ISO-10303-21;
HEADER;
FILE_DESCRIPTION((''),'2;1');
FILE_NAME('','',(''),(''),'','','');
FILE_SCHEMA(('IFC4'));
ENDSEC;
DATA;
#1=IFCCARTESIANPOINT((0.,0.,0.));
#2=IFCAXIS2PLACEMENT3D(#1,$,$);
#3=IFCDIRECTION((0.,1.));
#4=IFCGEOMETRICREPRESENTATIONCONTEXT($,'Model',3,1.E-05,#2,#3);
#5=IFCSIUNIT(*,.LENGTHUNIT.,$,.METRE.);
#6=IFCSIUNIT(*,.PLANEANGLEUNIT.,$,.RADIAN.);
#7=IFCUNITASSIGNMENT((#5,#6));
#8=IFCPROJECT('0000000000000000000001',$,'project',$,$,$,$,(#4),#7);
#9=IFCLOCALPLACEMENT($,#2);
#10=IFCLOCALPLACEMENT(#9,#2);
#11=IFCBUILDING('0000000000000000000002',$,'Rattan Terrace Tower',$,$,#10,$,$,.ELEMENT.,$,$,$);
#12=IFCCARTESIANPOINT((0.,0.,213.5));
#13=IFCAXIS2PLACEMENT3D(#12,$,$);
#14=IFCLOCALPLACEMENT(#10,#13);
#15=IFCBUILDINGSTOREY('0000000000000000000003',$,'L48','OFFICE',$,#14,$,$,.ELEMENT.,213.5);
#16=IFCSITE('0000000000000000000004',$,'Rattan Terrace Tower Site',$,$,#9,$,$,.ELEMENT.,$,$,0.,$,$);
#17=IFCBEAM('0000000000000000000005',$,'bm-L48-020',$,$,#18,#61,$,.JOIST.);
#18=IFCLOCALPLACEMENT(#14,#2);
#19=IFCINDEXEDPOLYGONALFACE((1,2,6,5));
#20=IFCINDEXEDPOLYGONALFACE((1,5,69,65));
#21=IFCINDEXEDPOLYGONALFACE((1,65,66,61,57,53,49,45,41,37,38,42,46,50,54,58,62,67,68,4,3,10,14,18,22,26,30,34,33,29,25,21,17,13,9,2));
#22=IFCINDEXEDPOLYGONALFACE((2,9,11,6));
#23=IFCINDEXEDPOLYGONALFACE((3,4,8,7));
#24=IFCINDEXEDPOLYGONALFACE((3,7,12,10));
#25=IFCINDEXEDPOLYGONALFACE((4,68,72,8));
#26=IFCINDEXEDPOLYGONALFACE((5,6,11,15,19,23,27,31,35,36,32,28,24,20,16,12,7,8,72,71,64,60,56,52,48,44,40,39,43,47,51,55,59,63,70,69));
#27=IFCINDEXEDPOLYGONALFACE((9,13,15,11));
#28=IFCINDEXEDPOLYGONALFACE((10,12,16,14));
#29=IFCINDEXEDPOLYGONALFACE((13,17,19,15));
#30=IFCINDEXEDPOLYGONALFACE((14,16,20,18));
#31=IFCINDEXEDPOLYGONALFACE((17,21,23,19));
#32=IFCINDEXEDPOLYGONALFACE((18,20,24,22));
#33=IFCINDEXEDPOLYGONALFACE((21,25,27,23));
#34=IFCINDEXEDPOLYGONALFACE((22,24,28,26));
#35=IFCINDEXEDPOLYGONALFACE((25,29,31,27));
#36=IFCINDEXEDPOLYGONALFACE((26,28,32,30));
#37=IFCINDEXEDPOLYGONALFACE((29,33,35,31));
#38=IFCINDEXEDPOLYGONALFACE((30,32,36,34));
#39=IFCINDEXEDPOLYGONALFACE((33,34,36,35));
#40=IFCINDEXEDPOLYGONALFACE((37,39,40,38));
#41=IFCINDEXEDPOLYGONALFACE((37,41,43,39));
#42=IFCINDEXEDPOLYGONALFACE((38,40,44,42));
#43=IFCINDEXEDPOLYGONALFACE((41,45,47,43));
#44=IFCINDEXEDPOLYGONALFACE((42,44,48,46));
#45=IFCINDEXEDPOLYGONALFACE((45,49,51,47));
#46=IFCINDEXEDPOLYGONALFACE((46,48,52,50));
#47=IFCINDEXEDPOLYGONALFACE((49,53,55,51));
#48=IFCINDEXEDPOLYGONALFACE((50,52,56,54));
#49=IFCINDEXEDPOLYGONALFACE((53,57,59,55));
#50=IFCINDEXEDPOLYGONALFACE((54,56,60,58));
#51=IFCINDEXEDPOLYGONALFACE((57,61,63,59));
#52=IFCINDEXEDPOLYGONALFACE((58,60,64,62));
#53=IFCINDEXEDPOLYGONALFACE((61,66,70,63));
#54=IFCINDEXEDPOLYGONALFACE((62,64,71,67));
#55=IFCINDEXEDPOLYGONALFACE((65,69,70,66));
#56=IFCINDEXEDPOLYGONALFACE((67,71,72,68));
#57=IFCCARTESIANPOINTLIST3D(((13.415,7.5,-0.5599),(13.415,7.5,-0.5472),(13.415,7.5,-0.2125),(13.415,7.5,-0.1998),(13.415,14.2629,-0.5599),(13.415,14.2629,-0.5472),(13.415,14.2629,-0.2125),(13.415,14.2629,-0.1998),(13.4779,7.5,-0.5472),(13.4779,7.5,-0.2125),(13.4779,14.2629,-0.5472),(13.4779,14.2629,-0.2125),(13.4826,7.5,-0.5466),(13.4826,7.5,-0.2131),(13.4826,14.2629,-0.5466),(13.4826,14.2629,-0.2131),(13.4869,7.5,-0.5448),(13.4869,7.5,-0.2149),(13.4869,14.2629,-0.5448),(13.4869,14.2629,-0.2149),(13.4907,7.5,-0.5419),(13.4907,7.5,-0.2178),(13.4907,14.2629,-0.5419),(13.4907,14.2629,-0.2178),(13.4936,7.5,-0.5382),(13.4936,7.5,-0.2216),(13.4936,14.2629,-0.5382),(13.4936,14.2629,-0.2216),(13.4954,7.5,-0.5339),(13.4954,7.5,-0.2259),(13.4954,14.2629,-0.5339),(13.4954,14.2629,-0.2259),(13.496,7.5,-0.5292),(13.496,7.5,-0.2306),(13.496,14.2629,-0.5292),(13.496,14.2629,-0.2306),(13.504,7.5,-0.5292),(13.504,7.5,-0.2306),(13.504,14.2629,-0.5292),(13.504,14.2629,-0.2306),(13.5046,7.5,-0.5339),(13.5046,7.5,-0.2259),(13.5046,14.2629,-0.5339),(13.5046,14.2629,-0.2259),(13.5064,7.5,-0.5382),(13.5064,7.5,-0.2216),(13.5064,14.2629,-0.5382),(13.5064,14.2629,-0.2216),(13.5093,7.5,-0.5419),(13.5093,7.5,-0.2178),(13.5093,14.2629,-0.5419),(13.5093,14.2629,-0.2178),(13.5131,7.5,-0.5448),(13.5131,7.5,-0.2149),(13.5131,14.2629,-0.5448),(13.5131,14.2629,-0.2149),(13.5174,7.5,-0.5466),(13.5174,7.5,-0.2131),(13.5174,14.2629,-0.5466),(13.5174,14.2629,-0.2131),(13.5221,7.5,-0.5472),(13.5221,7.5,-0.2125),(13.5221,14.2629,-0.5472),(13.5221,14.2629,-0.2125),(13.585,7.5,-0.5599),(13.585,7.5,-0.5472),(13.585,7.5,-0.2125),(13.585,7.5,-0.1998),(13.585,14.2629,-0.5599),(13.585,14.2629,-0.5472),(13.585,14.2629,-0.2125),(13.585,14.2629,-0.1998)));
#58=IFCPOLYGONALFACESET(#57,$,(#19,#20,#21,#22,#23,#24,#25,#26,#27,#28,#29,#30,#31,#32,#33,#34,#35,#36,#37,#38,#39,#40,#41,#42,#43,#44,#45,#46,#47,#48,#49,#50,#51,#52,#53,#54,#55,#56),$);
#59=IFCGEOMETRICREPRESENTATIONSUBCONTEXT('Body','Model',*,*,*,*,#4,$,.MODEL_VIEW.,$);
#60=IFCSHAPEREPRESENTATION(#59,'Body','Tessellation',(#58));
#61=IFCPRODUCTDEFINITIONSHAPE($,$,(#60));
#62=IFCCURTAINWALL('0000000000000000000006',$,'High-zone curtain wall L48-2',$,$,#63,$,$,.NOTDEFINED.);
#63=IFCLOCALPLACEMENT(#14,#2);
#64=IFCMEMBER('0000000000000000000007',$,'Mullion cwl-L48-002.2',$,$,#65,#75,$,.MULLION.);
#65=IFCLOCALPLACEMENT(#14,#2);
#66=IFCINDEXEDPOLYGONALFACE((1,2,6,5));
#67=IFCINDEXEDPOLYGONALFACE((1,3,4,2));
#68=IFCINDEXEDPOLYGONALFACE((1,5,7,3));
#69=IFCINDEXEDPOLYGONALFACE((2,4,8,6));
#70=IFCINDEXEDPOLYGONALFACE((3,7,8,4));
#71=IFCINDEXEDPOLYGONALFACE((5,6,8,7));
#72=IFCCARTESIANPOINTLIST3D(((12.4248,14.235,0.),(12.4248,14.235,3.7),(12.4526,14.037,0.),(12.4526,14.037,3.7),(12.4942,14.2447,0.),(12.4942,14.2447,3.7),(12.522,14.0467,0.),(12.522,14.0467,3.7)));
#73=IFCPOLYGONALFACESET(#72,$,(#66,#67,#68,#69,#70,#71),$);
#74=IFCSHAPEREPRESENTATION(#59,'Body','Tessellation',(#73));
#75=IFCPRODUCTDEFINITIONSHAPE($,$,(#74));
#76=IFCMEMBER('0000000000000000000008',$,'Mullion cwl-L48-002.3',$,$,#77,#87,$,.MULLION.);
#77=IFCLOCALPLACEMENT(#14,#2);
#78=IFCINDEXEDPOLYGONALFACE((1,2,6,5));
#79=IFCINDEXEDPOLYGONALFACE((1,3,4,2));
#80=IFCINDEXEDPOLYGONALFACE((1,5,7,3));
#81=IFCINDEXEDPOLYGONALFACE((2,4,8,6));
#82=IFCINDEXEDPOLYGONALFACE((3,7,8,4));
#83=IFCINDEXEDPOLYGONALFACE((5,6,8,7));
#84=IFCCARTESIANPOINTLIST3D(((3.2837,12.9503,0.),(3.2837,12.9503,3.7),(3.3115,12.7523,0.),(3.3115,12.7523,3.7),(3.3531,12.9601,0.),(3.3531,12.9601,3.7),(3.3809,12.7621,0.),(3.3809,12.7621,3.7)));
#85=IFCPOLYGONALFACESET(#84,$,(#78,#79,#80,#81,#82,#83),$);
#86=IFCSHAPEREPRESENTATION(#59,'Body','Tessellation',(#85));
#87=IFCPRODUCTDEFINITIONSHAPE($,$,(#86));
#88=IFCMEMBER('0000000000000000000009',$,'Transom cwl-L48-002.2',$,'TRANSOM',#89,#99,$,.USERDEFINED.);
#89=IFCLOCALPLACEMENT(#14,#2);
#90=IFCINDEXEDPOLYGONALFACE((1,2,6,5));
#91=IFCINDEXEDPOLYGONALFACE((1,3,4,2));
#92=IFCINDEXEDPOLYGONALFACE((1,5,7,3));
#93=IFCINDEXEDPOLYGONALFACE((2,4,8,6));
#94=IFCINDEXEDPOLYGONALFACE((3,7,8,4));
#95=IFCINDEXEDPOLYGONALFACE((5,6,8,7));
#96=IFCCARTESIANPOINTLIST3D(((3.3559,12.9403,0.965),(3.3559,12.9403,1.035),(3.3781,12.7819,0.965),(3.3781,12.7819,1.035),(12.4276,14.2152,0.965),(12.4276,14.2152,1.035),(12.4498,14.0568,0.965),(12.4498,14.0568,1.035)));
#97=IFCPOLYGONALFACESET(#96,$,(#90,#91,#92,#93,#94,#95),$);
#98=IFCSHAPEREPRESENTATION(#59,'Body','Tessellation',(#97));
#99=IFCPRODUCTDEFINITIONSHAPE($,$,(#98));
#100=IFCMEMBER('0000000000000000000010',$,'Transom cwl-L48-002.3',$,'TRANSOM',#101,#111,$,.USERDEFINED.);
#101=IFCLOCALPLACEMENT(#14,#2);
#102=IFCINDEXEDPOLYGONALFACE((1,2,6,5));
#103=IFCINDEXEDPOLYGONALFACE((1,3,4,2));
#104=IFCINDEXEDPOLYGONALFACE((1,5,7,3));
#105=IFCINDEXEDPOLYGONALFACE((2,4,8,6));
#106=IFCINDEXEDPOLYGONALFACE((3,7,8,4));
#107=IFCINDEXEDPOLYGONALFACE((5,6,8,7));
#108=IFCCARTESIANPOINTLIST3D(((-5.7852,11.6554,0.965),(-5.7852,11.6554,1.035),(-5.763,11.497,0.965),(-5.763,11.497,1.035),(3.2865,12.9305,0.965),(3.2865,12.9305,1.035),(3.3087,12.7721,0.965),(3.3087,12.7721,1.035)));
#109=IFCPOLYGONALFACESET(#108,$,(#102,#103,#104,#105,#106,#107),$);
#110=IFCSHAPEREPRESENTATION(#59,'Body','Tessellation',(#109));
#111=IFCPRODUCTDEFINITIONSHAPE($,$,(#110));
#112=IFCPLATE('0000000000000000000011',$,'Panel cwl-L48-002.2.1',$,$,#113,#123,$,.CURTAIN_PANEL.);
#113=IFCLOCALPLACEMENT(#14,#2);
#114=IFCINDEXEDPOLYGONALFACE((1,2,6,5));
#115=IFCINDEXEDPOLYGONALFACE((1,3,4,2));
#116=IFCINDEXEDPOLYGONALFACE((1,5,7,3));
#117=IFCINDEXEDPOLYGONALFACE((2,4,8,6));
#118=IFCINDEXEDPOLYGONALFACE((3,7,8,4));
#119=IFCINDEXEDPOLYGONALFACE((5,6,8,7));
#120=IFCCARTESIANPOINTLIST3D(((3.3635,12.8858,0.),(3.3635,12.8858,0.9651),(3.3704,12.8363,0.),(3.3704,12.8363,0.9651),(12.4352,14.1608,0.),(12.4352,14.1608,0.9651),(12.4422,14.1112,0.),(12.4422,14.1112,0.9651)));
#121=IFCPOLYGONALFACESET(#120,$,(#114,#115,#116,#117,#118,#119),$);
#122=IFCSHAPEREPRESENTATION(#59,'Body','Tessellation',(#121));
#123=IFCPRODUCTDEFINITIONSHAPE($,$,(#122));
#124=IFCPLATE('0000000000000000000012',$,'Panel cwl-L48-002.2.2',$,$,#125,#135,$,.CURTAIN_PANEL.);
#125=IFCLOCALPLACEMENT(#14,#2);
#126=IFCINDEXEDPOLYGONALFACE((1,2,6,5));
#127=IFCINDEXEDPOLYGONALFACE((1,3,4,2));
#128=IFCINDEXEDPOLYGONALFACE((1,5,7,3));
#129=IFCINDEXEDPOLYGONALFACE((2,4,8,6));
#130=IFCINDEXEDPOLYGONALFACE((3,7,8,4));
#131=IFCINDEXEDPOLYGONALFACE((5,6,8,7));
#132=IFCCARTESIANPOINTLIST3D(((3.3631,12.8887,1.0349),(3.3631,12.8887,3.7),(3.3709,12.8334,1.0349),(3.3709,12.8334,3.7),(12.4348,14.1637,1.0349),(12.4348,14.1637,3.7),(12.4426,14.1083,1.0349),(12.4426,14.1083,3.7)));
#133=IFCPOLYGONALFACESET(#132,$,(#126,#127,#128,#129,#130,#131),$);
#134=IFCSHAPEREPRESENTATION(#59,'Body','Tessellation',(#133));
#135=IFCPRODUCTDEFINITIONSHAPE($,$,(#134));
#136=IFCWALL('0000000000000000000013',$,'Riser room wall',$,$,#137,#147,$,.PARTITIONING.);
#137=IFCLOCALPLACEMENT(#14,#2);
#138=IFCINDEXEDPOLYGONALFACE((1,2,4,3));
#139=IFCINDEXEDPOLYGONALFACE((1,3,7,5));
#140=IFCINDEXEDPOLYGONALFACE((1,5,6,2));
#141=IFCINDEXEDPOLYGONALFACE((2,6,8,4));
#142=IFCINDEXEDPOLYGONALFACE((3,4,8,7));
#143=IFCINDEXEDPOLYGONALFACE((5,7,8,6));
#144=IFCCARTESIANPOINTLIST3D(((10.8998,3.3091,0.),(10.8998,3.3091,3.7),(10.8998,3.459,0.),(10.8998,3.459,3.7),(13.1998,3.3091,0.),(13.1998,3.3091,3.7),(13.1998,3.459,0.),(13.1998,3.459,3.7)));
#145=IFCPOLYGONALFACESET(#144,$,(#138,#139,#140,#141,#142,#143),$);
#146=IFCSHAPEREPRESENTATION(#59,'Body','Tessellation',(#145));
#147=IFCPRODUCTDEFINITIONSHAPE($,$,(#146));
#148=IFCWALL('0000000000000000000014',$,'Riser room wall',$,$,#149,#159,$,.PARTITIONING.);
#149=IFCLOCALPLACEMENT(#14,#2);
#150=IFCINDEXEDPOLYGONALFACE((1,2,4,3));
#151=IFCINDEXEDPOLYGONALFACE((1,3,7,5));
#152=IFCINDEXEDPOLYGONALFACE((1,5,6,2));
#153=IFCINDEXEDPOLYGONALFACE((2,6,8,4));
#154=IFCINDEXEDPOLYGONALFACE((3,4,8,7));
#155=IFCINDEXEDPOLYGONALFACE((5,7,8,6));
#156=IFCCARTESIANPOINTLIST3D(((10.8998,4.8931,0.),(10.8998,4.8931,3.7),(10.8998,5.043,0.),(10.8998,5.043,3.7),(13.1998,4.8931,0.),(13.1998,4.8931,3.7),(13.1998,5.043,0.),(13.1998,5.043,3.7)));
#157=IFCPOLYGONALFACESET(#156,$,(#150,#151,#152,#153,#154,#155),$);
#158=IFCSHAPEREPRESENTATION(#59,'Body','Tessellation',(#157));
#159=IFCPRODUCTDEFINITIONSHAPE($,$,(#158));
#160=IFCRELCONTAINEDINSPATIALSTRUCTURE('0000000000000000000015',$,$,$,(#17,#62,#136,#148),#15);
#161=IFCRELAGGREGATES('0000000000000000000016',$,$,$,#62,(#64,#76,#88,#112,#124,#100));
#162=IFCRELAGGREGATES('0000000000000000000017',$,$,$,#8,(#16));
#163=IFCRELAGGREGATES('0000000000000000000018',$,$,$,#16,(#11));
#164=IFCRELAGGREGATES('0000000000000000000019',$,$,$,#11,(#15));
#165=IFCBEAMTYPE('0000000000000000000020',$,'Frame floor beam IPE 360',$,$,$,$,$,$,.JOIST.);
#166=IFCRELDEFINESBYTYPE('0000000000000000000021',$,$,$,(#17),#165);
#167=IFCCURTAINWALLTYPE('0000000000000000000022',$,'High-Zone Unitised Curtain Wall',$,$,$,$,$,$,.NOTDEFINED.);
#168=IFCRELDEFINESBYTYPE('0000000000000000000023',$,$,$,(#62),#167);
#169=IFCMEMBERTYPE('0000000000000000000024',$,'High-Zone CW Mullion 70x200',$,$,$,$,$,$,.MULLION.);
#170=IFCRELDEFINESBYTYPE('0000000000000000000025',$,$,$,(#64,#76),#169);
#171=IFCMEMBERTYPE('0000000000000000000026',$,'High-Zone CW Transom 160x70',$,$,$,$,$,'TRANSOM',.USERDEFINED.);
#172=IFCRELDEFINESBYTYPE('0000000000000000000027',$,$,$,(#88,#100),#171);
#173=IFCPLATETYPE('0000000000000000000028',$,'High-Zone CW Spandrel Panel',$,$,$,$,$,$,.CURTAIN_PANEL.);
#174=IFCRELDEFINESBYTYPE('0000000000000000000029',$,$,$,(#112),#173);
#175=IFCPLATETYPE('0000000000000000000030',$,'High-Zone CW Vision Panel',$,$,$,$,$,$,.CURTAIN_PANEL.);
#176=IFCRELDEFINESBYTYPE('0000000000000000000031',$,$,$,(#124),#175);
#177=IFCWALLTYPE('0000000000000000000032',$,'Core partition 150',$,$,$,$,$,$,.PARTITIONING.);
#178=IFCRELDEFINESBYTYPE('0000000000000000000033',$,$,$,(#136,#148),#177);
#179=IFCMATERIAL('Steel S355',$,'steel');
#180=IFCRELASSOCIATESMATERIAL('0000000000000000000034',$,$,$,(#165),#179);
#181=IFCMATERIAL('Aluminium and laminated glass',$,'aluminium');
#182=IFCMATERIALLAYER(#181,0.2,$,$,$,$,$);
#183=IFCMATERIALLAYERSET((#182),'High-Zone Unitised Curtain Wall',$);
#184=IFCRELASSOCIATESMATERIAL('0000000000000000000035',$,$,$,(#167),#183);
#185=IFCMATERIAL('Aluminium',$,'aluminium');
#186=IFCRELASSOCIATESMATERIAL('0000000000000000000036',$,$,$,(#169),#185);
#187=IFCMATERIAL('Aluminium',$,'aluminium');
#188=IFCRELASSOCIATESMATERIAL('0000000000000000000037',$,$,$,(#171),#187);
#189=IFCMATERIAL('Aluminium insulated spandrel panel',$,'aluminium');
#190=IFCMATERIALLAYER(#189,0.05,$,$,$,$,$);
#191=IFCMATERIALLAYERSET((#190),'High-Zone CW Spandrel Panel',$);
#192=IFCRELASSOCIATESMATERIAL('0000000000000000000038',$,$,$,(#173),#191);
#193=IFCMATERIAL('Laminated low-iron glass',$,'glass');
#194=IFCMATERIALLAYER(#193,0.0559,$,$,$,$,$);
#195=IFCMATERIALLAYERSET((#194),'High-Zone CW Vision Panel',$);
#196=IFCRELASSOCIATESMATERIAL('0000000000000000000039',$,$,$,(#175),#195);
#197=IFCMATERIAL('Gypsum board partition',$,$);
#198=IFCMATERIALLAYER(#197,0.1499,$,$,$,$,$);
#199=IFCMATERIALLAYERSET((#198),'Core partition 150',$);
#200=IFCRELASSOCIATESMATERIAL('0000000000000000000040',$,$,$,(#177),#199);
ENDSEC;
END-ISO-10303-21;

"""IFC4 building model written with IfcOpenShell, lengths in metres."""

from ifc_helpers import new_model, si_unit, direction, frame, frame_2d, origin, origin_2d, place, context, subcontext, project, spatial, rectangle, i_section, extrude, material, layer, layer_set, material_profile, profile_set, type_object, element, aggregate, save


model = new_model("IFC4")

# Units and contexts
model_context = context("Model", 3, precision=1e-05, world=origin(), true_north=direction((0.0, 1.0)))
body_context = subcontext(model_context, "Body", "Model", "MODEL_VIEW")
ifc_project = project(units=[si_unit("LENGTHUNIT", "METRE"), si_unit("PLANEANGLEUNIT", "RADIAN")], contexts=[model_context])

# Site, building, storey
site_placement = place(None, origin())
site = spatial("IfcSite", under=ifc_project, at=site_placement, Name="Rattan Terrace Tower Site", CompositionType="ELEMENT", RefElevation=0.0)
building_placement = place(site_placement, origin())
building = spatial("IfcBuilding", under=site, at=building_placement, Name="Rattan Terrace Tower", CompositionType="ELEMENT")
storey_placement = place(building_placement, frame((0.0, 0.0, 213.5)))
storey = spatial("IfcBuildingStorey", under=building, at=storey_placement, Name="L48", Description="OFFICE", CompositionType="ELEMENT", Elevation=213.5)

# Beam
ifc_material_1 = material(Name="Steel S355", Category="steel")
ifc_material_profile_1 = material_profile(ifc_material_1, i_section(OverallWidth=0.1699, OverallDepth=0.3601, WebThickness=0.0081, FlangeThickness=0.0127, FilletRadius=0.0181, at=origin_2d()), Name="IPE 360")
ifc_profile_set_1 = profile_set([ifc_material_profile_1], Name="Steel S355")
beam_type_1 = type_object("IfcBeamType", Name="Frame floor beam IPE 360", PredefinedType="JOIST", material=ifc_profile_set_1)
beam_1_placement = place(storey_placement, frame((13.5, 7.5, -0.3799), z_axis=(0.0, 1.0, 0.0), x_axis=(-1.0, 0.0, 0.0)))
element("IfcBeam", 1, at=beam_1_placement, inside=storey, type_object=beam_type_1, Name="bm-L48-020", PredefinedType="JOIST", context=body_context, shape_type="SweptSolid", body=[
    extrude(i_section(OverallWidth=0.1699, OverallDepth=0.3601, WebThickness=0.0081, FlangeThickness=0.0127, FilletRadius=0.0181, at=origin_2d()), origin(), (0.0, 0.0, 1.0), 6.7629),
])

# Curtain wall, members, plates
ifc_material_2 = material(Name="Aluminium and laminated glass", Category="aluminium")
ifc_layer_1 = layer(ifc_material_2, 0.2)
ifc_layer_set_1 = layer_set([ifc_layer_1], Name="High-Zone Unitised Curtain Wall")
curtain_wall_type = type_object("IfcCurtainWallType", Name="High-Zone Unitised Curtain Wall", PredefinedType="NOTDEFINED", material=ifc_layer_set_1)
curtain_wall_placement = place(storey_placement, origin())
curtain_wall = element("IfcCurtainWall", 2, at=curtain_wall_placement, inside=storey, type_object=curtain_wall_type, Name="High-zone curtain wall L48-2", PredefinedType="NOTDEFINED")
ifc_material_3 = material(Name="Aluminium", Category="aluminium")
ifc_material_profile_2 = material_profile(ifc_material_3, rectangle(XDim=0.0701, YDim=0.2, at=origin_2d()), Name="Aluminium 70x200")
ifc_profile_set_2 = profile_set([ifc_material_profile_2], Name="Aluminium")
member_type_1 = type_object("IfcMemberType", Name="High-Zone CW Mullion 70x200", PredefinedType="MULLION", material=ifc_profile_set_2)
member_1_placement = place(storey_placement, frame((12.4734, 14.1409, 0.0), z_axis=(0.0, 0.0, 1.0), x_axis=(-0.990267, -0.139177, 0.0)))
member_1 = element("IfcMember", 3, at=member_1_placement, type_object=member_type_1, Name="Mullion cwl-L48-002.2", PredefinedType="MULLION", context=body_context, shape_type="SweptSolid", body=[
    extrude(rectangle(XDim=0.0701, YDim=0.2, at=origin_2d()), origin(), (0.0, 0.0, 1.0), 3.7),
])
member_2_placement = place(storey_placement, frame((3.3323, 12.8562, 0.0), z_axis=(0.0, 0.0, 1.0), x_axis=(-0.990267, -0.139177, 0.0)))
member_2 = element("IfcMember", 4, at=member_2_placement, type_object=member_type_1, Name="Mullion cwl-L48-002.3", PredefinedType="MULLION", context=body_context, shape_type="SweptSolid", body=[
    extrude(rectangle(XDim=0.0701, YDim=0.2, at=origin_2d()), origin(), (0.0, 0.0, 1.0), 3.7),
])
ifc_material_4 = material(Name="Aluminium", Category="aluminium")
ifc_material_profile_3 = material_profile(ifc_material_4, rectangle(XDim=0.1599, YDim=0.0701, at=origin_2d()), Name="Aluminium 160x70")
ifc_profile_set_3 = profile_set([ifc_material_profile_3], Name="Aluminium")
member_type_2 = type_object("IfcMemberType", Name="High-Zone CW Transom 160x70", ElementType="TRANSOM", PredefinedType="USERDEFINED", material=ifc_profile_set_3)
member_3_placement = place(storey_placement, frame((12.4387, 14.136, 1.0), z_axis=(-0.990269, -0.139167, 0.0), x_axis=(0.139167, -0.990269, 0.0)))
member_3 = element("IfcMember", 5, at=member_3_placement, type_object=member_type_2, Name="Transom cwl-L48-002.2", ObjectType="TRANSOM", PredefinedType="USERDEFINED", context=body_context, shape_type="SweptSolid", body=[
    extrude(rectangle(XDim=0.1599, YDim=0.0701, at=origin_2d()), origin(), (0.0, 0.0, 1.0), 9.1609),
])
member_4_placement = place(storey_placement, frame((3.2976, 12.8513, 1.0), z_axis=(-0.990265, -0.139194, 0.0), x_axis=(0.139194, -0.990265, 0.0)))
member_4 = element("IfcMember", 6, at=member_4_placement, type_object=member_type_2, Name="Transom cwl-L48-002.3", ObjectType="TRANSOM", PredefinedType="USERDEFINED", context=body_context, shape_type="SweptSolid", body=[
    extrude(rectangle(XDim=0.1599, YDim=0.0701, at=origin_2d()), origin(), (0.0, 0.0, 1.0), 9.1609),
])
ifc_material_5 = material(Name="Aluminium insulated spandrel panel", Category="aluminium")
ifc_layer_2 = layer(ifc_material_5, 0.05)
ifc_layer_set_2 = layer_set([ifc_layer_2], Name="High-Zone CW Spandrel Panel")
plate_type_1 = type_object("IfcPlateType", Name="High-Zone CW Spandrel Panel", PredefinedType="CURTAIN_PANEL", material=ifc_layer_set_2)
plate_1_placement = place(storey_placement, frame((7.9028, 13.4985, 0.0), z_axis=(0.0, 0.0, 1.0), x_axis=(-0.990267, -0.139177, 0.0)))
plate_1 = element("IfcPlate", 7, at=plate_1_placement, type_object=plate_type_1, Name="Panel cwl-L48-002.2.1", PredefinedType="CURTAIN_PANEL", context=body_context, shape_type="SweptSolid", body=[
    extrude(rectangle(XDim=9.1609, YDim=0.05, at=origin_2d()), origin(), (0.0, 0.0, 1.0), 0.9651),
])
ifc_material_6 = material(Name="Laminated low-iron glass", Category="glass")
ifc_layer_3 = layer(ifc_material_6, 0.0559)
ifc_layer_set_3 = layer_set([ifc_layer_3], Name="High-Zone CW Vision Panel")
plate_type_2 = type_object("IfcPlateType", Name="High-Zone CW Vision Panel", PredefinedType="CURTAIN_PANEL", material=ifc_layer_set_3)
plate_2_placement = place(storey_placement, frame((7.9028, 13.4985, 1.0349), z_axis=(0.0, 0.0, 1.0), x_axis=(-0.990267, -0.139177, 0.0)))
plate_2 = element("IfcPlate", 8, at=plate_2_placement, type_object=plate_type_2, Name="Panel cwl-L48-002.2.2", PredefinedType="CURTAIN_PANEL", context=body_context, shape_type="SweptSolid", body=[
    extrude(rectangle(XDim=9.1609, YDim=0.0559, at=origin_2d()), origin(), (0.0, 0.0, 1.0), 2.665),
])
aggregate(curtain_wall, [member_1, member_2, member_3, plate_1, plate_2, member_4])

# Walls
ifc_material_7 = material(Name="Gypsum board partition")
ifc_layer_4 = layer(ifc_material_7, 0.1499)
ifc_layer_set_4 = layer_set([ifc_layer_4], Name="Core partition 150")
wall_type_1 = type_object("IfcWallType", Name="Core partition 150", PredefinedType="PARTITIONING", material=ifc_layer_set_4)
for number, where, z_axis, x_axis, name in (
    (9, (10.8999, 3.384, 0.0), (0.0, 0.0, 1.0), (1.0, 0.0, 0.0), "Riser room wall"),
    (10, (10.8999, 4.968, 0.0), (0.0, 0.0, 1.0), (1.0, 0.0, 0.0), "Riser room wall"),
):
    element("IfcWall", number, at=place(storey_placement, frame(where, z_axis=z_axis, x_axis=x_axis)), inside=storey, type_object=wall_type_1, Name=name, PredefinedType="PARTITIONING", context=body_context, shape_type="SweptSolid", body=[
        extrude(rectangle(XDim=2.3, YDim=0.1499, at=frame_2d((1.1499, 0.0))), origin(), (0.0, 0.0, 1.0), 3.7),
    ])

save(model, "model.ifc")
